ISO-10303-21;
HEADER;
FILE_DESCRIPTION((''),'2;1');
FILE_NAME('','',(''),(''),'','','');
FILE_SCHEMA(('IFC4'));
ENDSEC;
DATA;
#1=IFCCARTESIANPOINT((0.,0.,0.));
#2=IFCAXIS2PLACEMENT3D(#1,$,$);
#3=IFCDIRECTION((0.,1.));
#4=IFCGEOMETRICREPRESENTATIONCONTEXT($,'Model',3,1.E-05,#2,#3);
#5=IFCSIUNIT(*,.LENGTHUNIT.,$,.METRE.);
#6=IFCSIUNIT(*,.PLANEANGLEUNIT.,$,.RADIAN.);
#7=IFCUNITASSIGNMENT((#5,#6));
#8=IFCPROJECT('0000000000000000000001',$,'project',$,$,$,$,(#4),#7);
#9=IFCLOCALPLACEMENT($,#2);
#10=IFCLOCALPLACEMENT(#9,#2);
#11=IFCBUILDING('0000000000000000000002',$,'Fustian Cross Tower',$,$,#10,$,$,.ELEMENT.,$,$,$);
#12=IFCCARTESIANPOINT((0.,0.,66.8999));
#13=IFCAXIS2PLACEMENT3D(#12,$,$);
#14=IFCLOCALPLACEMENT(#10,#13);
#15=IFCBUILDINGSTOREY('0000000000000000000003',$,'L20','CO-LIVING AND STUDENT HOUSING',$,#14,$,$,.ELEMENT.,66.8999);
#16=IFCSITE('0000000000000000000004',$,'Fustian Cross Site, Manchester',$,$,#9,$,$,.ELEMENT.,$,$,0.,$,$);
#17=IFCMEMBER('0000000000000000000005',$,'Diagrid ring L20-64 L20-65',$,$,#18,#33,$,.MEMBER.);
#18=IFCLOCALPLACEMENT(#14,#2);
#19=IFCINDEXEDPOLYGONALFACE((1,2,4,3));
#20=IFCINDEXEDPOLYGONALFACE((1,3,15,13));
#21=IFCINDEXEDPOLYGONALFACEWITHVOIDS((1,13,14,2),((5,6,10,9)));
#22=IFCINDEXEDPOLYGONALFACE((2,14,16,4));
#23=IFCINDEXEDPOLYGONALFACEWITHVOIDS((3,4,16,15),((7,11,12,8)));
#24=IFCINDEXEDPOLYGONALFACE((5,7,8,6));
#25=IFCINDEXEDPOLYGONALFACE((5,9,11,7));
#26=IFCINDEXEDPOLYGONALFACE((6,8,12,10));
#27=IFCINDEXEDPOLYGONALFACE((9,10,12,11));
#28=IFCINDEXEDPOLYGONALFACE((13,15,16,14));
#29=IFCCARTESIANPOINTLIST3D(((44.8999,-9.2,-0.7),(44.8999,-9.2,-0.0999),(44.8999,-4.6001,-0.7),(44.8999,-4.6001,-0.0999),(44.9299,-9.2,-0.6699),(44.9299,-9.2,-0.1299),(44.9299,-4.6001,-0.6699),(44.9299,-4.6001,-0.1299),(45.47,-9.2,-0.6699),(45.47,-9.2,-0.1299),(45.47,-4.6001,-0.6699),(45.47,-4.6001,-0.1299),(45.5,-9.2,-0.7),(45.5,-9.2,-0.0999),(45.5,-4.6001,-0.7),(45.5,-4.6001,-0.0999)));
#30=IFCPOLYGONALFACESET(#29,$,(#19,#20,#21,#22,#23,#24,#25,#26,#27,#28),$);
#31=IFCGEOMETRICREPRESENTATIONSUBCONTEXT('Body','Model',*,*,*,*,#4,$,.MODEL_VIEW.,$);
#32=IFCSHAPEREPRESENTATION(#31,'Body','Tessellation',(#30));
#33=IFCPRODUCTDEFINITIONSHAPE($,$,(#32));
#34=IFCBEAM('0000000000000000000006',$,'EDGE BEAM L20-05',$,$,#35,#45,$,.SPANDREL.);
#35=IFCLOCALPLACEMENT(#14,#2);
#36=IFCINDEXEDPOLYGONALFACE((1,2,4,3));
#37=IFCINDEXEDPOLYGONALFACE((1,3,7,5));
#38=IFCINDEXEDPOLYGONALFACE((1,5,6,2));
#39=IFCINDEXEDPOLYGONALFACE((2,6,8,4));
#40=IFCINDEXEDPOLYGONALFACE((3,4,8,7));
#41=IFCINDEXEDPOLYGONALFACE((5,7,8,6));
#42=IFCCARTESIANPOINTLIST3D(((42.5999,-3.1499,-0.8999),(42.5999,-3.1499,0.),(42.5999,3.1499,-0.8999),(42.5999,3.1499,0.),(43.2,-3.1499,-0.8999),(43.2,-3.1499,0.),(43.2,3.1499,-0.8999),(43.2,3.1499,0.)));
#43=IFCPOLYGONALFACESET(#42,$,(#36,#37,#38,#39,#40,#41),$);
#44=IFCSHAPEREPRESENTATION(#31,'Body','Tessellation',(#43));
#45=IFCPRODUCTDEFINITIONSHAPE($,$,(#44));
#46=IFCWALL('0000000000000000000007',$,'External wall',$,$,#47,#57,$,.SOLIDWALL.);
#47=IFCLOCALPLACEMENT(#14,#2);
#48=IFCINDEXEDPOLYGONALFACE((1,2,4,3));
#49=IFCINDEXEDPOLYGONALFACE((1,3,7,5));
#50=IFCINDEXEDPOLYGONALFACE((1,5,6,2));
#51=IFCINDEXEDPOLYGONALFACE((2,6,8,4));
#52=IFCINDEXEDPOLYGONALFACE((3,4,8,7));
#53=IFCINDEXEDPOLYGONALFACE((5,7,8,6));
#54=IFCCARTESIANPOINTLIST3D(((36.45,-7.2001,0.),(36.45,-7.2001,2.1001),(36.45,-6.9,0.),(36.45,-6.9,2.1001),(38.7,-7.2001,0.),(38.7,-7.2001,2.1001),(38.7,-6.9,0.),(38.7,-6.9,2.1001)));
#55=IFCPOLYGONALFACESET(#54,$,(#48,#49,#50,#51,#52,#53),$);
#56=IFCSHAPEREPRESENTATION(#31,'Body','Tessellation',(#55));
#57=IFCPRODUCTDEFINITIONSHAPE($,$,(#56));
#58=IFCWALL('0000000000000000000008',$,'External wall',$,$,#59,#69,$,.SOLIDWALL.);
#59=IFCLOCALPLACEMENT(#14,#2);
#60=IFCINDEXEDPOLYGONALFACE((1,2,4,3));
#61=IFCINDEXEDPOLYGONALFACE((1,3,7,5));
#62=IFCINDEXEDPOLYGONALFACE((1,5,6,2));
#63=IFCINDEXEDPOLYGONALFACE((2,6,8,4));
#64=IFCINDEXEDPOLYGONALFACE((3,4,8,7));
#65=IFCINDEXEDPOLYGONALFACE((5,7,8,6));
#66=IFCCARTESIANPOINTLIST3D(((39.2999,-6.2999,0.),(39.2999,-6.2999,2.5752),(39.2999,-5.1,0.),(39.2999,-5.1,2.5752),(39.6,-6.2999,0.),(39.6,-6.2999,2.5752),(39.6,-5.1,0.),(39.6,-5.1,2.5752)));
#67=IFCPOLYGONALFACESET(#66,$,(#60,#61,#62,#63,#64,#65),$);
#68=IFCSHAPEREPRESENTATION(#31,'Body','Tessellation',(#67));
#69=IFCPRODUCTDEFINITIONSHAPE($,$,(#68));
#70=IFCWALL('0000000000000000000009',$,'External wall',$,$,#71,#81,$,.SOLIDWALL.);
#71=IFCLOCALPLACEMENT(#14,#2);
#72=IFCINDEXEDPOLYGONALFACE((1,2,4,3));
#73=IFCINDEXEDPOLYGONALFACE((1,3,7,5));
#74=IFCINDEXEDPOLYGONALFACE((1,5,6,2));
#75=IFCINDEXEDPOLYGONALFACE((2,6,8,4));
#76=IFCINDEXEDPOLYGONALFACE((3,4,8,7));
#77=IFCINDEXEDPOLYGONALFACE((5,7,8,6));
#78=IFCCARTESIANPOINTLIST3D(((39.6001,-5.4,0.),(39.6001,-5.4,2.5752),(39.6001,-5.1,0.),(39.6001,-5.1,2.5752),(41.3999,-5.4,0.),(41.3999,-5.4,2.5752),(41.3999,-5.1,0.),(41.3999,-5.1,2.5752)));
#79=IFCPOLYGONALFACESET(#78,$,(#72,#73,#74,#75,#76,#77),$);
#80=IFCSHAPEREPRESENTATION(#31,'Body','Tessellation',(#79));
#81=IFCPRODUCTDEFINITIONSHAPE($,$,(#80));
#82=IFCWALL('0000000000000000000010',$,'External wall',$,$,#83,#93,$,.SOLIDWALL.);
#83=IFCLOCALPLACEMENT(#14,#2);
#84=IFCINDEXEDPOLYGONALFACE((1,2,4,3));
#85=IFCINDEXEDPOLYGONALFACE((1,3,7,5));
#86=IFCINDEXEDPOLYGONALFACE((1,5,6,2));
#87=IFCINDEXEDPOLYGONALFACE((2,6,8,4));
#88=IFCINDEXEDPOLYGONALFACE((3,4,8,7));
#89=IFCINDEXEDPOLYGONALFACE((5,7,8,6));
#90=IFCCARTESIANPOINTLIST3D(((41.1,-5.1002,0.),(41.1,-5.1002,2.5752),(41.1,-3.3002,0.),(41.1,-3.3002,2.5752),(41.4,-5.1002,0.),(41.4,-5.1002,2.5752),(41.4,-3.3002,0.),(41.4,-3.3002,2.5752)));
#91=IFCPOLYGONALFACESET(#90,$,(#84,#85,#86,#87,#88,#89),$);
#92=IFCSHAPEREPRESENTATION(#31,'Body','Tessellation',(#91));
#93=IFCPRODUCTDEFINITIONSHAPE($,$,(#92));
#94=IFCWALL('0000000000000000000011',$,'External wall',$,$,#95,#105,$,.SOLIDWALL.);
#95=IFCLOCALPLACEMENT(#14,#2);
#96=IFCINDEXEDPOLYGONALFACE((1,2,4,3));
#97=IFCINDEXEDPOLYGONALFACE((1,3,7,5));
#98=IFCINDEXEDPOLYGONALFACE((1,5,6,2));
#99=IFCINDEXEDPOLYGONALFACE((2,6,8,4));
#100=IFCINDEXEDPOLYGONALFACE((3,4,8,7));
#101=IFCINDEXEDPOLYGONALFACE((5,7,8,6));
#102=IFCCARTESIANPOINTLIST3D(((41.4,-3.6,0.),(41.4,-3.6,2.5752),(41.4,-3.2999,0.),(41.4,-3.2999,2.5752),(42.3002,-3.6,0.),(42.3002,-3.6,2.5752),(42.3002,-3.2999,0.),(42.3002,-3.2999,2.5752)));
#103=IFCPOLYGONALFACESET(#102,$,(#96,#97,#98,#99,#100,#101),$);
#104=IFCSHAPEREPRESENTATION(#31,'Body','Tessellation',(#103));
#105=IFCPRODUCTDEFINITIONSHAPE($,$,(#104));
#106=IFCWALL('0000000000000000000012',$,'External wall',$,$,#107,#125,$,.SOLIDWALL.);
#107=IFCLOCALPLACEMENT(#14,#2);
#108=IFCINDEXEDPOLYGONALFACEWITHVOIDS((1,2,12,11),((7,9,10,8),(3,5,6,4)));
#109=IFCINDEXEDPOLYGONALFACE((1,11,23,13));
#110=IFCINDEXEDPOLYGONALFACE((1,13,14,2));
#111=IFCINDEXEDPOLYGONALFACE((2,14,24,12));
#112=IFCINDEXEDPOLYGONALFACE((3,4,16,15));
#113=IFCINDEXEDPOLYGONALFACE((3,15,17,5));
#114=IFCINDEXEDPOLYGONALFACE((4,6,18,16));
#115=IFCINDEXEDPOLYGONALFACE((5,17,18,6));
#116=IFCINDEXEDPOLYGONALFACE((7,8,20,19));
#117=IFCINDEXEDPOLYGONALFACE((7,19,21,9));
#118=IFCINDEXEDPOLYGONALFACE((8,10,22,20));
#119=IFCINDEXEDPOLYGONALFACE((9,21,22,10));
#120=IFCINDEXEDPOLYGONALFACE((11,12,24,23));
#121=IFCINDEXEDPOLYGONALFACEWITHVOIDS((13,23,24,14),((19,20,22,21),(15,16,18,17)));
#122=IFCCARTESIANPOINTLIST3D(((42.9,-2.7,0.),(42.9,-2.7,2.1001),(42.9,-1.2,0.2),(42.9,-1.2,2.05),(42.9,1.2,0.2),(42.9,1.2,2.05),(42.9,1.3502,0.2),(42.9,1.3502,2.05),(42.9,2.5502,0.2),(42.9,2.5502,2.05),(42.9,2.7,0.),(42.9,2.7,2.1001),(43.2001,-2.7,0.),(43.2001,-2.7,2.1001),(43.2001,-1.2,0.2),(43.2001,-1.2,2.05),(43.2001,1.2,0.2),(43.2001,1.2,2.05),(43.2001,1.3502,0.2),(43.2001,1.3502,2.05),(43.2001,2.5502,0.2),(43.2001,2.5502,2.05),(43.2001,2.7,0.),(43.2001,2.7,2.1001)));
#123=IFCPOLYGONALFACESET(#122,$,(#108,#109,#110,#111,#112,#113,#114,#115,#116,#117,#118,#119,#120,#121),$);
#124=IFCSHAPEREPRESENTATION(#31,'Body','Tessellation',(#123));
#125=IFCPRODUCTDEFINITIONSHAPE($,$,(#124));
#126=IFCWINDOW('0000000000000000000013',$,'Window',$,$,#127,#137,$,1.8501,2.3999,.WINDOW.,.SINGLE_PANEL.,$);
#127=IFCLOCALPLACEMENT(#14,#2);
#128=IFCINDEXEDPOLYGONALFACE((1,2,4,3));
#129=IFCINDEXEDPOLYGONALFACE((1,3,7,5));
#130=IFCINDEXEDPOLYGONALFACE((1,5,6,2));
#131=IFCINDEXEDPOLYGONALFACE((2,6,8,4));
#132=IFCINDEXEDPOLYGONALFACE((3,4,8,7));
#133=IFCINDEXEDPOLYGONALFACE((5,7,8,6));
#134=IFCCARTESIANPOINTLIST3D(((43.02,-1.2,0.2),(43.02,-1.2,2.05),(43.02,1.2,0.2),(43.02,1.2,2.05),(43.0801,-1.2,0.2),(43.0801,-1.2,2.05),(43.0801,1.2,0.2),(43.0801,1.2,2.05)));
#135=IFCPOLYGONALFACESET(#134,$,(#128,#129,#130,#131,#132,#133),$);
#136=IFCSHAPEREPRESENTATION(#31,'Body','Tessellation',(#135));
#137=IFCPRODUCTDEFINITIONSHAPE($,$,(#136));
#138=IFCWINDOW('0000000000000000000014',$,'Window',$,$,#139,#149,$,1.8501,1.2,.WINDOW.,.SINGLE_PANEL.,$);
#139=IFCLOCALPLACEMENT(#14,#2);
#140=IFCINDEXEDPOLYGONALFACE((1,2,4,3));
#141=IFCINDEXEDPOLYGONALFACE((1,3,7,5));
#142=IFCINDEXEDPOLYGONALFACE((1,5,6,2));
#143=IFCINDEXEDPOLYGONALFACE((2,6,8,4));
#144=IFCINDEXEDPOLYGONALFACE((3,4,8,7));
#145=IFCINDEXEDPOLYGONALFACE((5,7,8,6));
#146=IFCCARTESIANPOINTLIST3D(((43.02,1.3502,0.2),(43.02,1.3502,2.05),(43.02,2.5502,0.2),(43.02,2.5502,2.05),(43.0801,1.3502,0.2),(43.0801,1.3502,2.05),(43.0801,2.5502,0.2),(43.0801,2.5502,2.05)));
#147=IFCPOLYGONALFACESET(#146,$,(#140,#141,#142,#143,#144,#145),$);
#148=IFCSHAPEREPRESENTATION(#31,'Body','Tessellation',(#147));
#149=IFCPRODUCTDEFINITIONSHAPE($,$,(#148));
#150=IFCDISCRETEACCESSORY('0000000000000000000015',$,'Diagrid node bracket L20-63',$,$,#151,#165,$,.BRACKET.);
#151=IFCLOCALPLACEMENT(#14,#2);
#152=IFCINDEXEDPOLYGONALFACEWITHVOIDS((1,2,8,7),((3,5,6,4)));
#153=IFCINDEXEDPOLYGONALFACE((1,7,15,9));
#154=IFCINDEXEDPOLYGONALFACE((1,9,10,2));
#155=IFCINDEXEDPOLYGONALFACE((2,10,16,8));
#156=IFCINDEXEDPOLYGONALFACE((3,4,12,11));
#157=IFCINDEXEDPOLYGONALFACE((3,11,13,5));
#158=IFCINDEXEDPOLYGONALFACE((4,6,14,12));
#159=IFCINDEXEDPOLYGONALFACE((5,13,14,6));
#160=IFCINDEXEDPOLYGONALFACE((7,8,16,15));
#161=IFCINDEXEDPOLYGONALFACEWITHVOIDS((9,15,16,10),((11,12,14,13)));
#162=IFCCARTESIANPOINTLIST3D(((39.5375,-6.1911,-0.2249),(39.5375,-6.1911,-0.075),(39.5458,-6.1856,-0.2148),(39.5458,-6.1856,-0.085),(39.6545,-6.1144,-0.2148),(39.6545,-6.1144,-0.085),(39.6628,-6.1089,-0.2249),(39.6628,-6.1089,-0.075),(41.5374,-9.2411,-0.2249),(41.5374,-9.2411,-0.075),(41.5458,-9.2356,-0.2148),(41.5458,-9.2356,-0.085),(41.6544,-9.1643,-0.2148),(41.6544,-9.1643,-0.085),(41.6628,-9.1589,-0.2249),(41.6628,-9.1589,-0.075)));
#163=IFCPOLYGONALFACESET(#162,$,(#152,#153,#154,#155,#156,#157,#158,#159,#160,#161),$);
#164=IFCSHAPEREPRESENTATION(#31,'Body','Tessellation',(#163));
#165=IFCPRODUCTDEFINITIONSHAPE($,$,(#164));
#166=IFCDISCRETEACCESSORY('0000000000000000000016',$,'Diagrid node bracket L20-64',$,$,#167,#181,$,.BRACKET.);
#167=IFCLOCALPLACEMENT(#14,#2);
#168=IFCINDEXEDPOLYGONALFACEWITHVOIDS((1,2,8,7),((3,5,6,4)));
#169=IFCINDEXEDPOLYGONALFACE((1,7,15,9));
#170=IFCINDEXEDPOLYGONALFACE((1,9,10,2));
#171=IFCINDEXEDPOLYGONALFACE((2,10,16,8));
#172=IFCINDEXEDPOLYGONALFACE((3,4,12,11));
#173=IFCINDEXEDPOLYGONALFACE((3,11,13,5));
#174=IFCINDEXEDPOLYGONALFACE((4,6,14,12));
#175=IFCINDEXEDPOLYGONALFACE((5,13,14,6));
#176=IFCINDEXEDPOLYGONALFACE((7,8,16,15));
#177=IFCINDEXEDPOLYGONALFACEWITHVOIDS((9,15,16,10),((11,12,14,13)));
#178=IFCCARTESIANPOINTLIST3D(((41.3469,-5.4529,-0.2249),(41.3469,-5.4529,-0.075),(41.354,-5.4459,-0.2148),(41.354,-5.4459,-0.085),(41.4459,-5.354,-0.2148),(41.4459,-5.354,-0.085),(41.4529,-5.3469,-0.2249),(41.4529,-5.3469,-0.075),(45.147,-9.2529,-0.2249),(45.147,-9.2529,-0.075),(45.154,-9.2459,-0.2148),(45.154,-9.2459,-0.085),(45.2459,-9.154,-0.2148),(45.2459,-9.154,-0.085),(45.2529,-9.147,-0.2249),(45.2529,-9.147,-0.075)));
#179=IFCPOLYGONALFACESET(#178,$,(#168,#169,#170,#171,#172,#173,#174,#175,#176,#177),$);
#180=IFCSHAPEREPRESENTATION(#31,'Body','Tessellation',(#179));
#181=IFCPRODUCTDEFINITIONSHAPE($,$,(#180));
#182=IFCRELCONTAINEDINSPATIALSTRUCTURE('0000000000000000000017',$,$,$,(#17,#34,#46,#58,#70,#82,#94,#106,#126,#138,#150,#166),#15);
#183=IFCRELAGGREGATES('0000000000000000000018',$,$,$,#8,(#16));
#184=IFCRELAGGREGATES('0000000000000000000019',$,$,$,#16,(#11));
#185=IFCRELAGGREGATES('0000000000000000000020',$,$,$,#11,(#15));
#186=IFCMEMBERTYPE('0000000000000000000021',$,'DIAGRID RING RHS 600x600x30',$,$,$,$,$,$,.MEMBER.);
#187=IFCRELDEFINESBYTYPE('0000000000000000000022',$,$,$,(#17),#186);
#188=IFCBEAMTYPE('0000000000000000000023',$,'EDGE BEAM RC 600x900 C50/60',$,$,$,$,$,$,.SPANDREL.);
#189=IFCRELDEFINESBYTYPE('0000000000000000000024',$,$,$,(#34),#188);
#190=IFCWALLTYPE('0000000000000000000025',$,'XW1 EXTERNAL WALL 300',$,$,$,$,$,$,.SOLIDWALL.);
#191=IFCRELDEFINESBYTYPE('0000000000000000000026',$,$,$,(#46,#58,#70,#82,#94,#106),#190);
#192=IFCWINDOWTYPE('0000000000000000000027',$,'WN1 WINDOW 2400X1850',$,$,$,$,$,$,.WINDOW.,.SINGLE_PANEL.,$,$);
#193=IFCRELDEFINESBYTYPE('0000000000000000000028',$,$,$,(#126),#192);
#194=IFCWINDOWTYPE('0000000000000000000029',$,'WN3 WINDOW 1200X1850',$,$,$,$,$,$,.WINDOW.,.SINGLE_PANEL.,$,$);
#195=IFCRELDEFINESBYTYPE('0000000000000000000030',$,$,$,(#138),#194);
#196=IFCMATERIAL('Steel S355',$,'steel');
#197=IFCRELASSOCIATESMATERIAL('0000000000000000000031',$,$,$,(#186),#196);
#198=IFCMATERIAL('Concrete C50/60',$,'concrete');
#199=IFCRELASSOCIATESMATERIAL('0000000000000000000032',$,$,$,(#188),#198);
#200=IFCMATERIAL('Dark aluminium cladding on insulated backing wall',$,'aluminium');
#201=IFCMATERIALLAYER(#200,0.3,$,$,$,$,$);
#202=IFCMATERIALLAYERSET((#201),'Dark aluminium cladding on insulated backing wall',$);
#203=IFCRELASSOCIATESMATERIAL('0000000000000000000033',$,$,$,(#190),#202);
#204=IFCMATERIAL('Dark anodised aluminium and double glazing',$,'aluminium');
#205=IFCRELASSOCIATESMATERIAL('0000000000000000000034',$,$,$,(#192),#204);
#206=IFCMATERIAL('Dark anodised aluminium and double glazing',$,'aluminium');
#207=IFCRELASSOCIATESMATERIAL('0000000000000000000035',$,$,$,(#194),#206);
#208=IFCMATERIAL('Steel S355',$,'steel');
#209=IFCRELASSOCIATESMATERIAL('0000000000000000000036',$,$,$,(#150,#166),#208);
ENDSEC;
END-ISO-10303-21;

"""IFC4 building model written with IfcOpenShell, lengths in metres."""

from ifc_helpers import new_model, si_unit, direction, frame, frame_2d, origin, origin_2d, place, context, subcontext, project, spatial, rectangle, hollow_rectangle, extrude, material, layer, layer_set, material_profile, profile_set, type_object, element, fill, save


model = new_model("IFC4")

# Units and contexts
model_context = context("Model", 3, precision=1e-05, world=origin(), true_north=direction((0.0, 1.0)))
body_context = subcontext(model_context, "Body", "Model", "MODEL_VIEW")
ifc_project = project(units=[si_unit("LENGTHUNIT", "METRE"), si_unit("PLANEANGLEUNIT", "RADIAN")], contexts=[model_context])

# Site, building, storey
site_placement = place(None, origin())
site = spatial("IfcSite", under=ifc_project, at=site_placement, Name="Fustian Cross Site, Manchester", CompositionType="ELEMENT", RefElevation=0.0)
building_placement = place(site_placement, origin())
building = spatial("IfcBuilding", under=site, at=building_placement, Name="Fustian Cross Tower", CompositionType="ELEMENT")
storey_placement = place(building_placement, frame((0.0, 0.0, 66.8999)))
storey = spatial("IfcBuildingStorey", under=building, at=storey_placement, Name="L20", Description="CO-LIVING AND STUDENT HOUSING", CompositionType="ELEMENT", Elevation=66.8999)

# Member
ifc_material_1 = material(Name="Steel S355", Category="steel")
ifc_material_profile_1 = material_profile(ifc_material_1, hollow_rectangle(XDim=0.6001, YDim=0.6001, WallThickness=0.03, at=origin_2d()), Name="RHS 600x600x30")
ifc_profile_set_1 = profile_set([ifc_material_profile_1], Name="Steel S355")
member_type_1 = type_object("IfcMemberType", Name="DIAGRID RING RHS 600x600x30", PredefinedType="MEMBER", material=ifc_profile_set_1)
member_1_placement = place(storey_placement, frame((45.2, -9.2, -0.3999), z_axis=(0.0, 1.0, 0.0), x_axis=(-1.0, 0.0, 0.0)))
element("IfcMember", 1, at=member_1_placement, inside=storey, type_object=member_type_1, Name="Diagrid ring L20-64 L20-65", PredefinedType="MEMBER", context=body_context, shape_type="SweptSolid", body=[
    extrude(hollow_rectangle(XDim=0.6001, YDim=0.6001, WallThickness=0.03, at=origin_2d()), origin(), (0.0, 0.0, 1.0), 4.5999),
])

# Beam
ifc_material_2 = material(Name="Concrete C50/60", Category="concrete")
ifc_material_profile_2 = material_profile(ifc_material_2, rectangle(XDim=0.6001, YDim=0.8999, at=origin_2d()), Name="RC 600x900")
ifc_profile_set_2 = profile_set([ifc_material_profile_2], Name="Concrete C50/60")
beam_type = type_object("IfcBeamType", Name="EDGE BEAM RC 600x900 C50/60", PredefinedType="SPANDREL", material=ifc_profile_set_2)
beam_placement = place(storey_placement, frame((42.8999, -3.1499, -0.45), z_axis=(0.0, 1.0, 0.0), x_axis=(-1.0, 0.0, 0.0)))
element("IfcBeam", 2, at=beam_placement, inside=storey, type_object=beam_type, Name="EDGE BEAM L20-05", PredefinedType="SPANDREL", context=body_context, shape_type="SweptSolid", body=[
    extrude(rectangle(XDim=0.6001, YDim=0.8999, at=origin_2d()), origin(), (0.0, 0.0, 1.0), 6.2998),
])

# Walls
ifc_material_3 = material(Name="Dark aluminium cladding on insulated backing wall", Category="aluminium")
ifc_layer = layer(ifc_material_3, 0.3)
ifc_layer_set = layer_set([ifc_layer], Name="Dark aluminium cladding on insulated backing wall")
wall_type = type_object("IfcWallType", Name="XW1 EXTERNAL WALL 300", PredefinedType="SOLIDWALL", material=ifc_layer_set)
wall_1_placement = place(storey_placement, frame((36.45, -7.05, 0.0), z_axis=(0.0, 0.0, 1.0), x_axis=(1.0, 0.0, 0.0)))
element("IfcWall", 3, at=wall_1_placement, inside=storey, type_object=wall_type, Name="External wall", PredefinedType="SOLIDWALL", context=body_context, shape_type="SweptSolid", body=[
    extrude(rectangle(XDim=2.25, YDim=0.3, at=frame_2d((1.125, 0.0))), origin(), (0.0, 0.0, 1.0), 2.1001),
])
wall_2_placement = place(storey_placement, frame((39.45, -6.3, 0.0), z_axis=(0.0, 0.0, 1.0), x_axis=(0.0, 1.0, 0.0)))
element("IfcWall", 4, at=wall_2_placement, inside=storey, type_object=wall_type, Name="External wall", PredefinedType="SOLIDWALL", context=body_context, shape_type="SweptSolid", body=[
    extrude(rectangle(XDim=1.2, YDim=0.3, at=frame_2d((0.6001, 0.0))), origin(), (0.0, 0.0, 1.0), 2.5752),
])
wall_3_placement = place(storey_placement, frame((39.6001, -5.25, 0.0), z_axis=(0.0, 0.0, 1.0), x_axis=(1.0, 0.0, 0.0)))
element("IfcWall", 5, at=wall_3_placement, inside=storey, type_object=wall_type, Name="External wall", PredefinedType="SOLIDWALL", context=body_context, shape_type="SweptSolid", body=[
    extrude(rectangle(XDim=1.7998, YDim=0.3, at=frame_2d((0.8999, 0.0))), origin(), (0.0, 0.0, 1.0), 2.5752),
])
wall_4_placement = place(storey_placement, frame((41.25, -5.1001, 0.0), z_axis=(0.0, 0.0, 1.0), x_axis=(0.0, 1.0, 0.0)))
element("IfcWall", 6, at=wall_4_placement, inside=storey, type_object=wall_type, Name="External wall", PredefinedType="SOLIDWALL", context=body_context, shape_type="SweptSolid", body=[
    extrude(rectangle(XDim=1.8, YDim=0.3, at=frame_2d((0.8999, 0.0))), origin(), (0.0, 0.0, 1.0), 2.5752),
])
wall_5_placement = place(storey_placement, frame((41.3999, -3.45, 0.0), z_axis=(0.0, 0.0, 1.0), x_axis=(1.0, 0.0, 0.0)))
element("IfcWall", 7, at=wall_5_placement, inside=storey, type_object=wall_type, Name="External wall", PredefinedType="SOLIDWALL", context=body_context, shape_type="SweptSolid", body=[
    extrude(rectangle(XDim=0.9001, YDim=0.3, at=frame_2d((0.4502, 0.0))), origin(), (0.0, 0.0, 1.0), 2.5752),
])

# Wall, openings, windows
wall_6_placement = place(storey_placement, frame((43.05, -2.7, 0.0), z_axis=(0.0, 0.0, 1.0), x_axis=(0.0, 1.0, 0.0)))
wall_6 = element("IfcWall", 8, at=wall_6_placement, inside=storey, type_object=wall_type, Name="External wall", PredefinedType="SOLIDWALL", context=body_context, shape_type="SweptSolid", body=[
    extrude(rectangle(XDim=5.3999, YDim=0.3, at=frame_2d((2.7, 0.0))), origin(), (0.0, 0.0, 1.0), 2.1001),
])
opening_1_placement = place(wall_6_placement, frame((1.5, 0.0, 0.2)))
opening_1 = element("IfcOpeningElement", 9, at=opening_1_placement, cuts=wall_6, PredefinedType="OPENING", context=body_context, shape_type="SweptSolid", body=[
    extrude(rectangle(XDim=2.3999, YDim=1.8501, at=frame_2d((1.2, 0.925))), frame((0.0, 0.1599, 0.0), z_axis=(0.0, -1.0, 0.0), x_axis=(1.0, 0.0, 0.0)), (0.0, 0.0, 1.0), 0.3201),
])
opening_2_placement = place(wall_6_placement, frame((4.05, 0.0, 0.2)))
opening_2 = element("IfcOpeningElement", 10, at=opening_2_placement, cuts=wall_6, PredefinedType="OPENING", context=body_context, shape_type="SweptSolid", body=[
    extrude(rectangle(XDim=1.2, YDim=1.8501, at=frame_2d((0.6001, 0.925))), frame((0.0, 0.1599, 0.0), z_axis=(0.0, -1.0, 0.0), x_axis=(1.0, 0.0, 0.0)), (0.0, 0.0, 1.0), 0.3201),
])
ifc_material_4 = material(Name="Dark anodised aluminium and double glazing", Category="aluminium")
window_type_1 = type_object("IfcWindowType", Name="WN1 WINDOW 2400X1850", PartitioningType="SINGLE_PANEL", PredefinedType="WINDOW", material=ifc_material_4)
window_1_placement = place(opening_1_placement, origin())
window_1 = element("IfcWindow", 11, at=window_1_placement, inside=storey, type_object=window_type_1, Name="Window", OverallHeight=1.8501, OverallWidth=2.3999, PartitioningType="SINGLE_PANEL", PredefinedType="WINDOW", context=body_context, shape_type="SweptSolid", body=[
    extrude(rectangle(XDim=2.3999, YDim=1.8501, at=frame_2d((1.2, 0.925))), frame((0.0, 0.03, 0.0), z_axis=(0.0, -1.0, 0.0), x_axis=(1.0, 0.0, 0.0)), (0.0, 0.0, 1.0), 0.0601),
])
fill(opening_1, window_1)
ifc_material_5 = material(Name="Dark anodised aluminium and double glazing", Category="aluminium")
window_type_2 = type_object("IfcWindowType", Name="WN3 WINDOW 1200X1850", PartitioningType="SINGLE_PANEL", PredefinedType="WINDOW", material=ifc_material_5)
window_2_placement = place(opening_2_placement, origin())
window_2 = element("IfcWindow", 12, at=window_2_placement, inside=storey, type_object=window_type_2, Name="Window", OverallHeight=1.8501, OverallWidth=1.2, PartitioningType="SINGLE_PANEL", PredefinedType="WINDOW", context=body_context, shape_type="SweptSolid", body=[
    extrude(rectangle(XDim=1.2, YDim=1.8501, at=frame_2d((0.6001, 0.925))), frame((0.0, 0.03, 0.0), z_axis=(0.0, -1.0, 0.0), x_axis=(1.0, 0.0, 0.0)), (0.0, 0.0, 1.0), 0.0601),
])
fill(opening_2, window_2)

# Discrete accessories
ifc_material_6 = material(Name="Steel S355", Category="steel")
discrete_accessory_1_placement = place(storey_placement, frame((41.6001, -9.2, -0.1499), z_axis=(-0.548351, 0.836248, 0.0), x_axis=(-0.836248, -0.548351, 0.0)))
element("IfcDiscreteAccessory", 13, at=discrete_accessory_1_placement, inside=storey, material=ifc_material_6, Name="Diagrid node bracket L20-63", PredefinedType="BRACKET", context=body_context, shape_type="SweptSolid", body=[
    extrude(hollow_rectangle(XDim=0.1499, YDim=0.1499, WallThickness=0.01, at=origin_2d()), origin(), (0.0, 0.0, 1.0), 3.6472),
])
discrete_accessory_2_placement = place(storey_placement, frame((45.2, -9.2, -0.1499), z_axis=(-0.707107, 0.707107, 0.0), x_axis=(-0.707107, -0.707107, 0.0)))
element("IfcDiscreteAccessory", 14, at=discrete_accessory_2_placement, inside=storey, material=ifc_material_6, Name="Diagrid node bracket L20-64", PredefinedType="BRACKET", context=body_context, shape_type="SweptSolid", body=[
    extrude(hollow_rectangle(XDim=0.1499, YDim=0.1499, WallThickness=0.01, at=origin_2d()), origin(), (0.0, 0.0, 1.0), 5.374),
])

save(model, "model.ifc")
